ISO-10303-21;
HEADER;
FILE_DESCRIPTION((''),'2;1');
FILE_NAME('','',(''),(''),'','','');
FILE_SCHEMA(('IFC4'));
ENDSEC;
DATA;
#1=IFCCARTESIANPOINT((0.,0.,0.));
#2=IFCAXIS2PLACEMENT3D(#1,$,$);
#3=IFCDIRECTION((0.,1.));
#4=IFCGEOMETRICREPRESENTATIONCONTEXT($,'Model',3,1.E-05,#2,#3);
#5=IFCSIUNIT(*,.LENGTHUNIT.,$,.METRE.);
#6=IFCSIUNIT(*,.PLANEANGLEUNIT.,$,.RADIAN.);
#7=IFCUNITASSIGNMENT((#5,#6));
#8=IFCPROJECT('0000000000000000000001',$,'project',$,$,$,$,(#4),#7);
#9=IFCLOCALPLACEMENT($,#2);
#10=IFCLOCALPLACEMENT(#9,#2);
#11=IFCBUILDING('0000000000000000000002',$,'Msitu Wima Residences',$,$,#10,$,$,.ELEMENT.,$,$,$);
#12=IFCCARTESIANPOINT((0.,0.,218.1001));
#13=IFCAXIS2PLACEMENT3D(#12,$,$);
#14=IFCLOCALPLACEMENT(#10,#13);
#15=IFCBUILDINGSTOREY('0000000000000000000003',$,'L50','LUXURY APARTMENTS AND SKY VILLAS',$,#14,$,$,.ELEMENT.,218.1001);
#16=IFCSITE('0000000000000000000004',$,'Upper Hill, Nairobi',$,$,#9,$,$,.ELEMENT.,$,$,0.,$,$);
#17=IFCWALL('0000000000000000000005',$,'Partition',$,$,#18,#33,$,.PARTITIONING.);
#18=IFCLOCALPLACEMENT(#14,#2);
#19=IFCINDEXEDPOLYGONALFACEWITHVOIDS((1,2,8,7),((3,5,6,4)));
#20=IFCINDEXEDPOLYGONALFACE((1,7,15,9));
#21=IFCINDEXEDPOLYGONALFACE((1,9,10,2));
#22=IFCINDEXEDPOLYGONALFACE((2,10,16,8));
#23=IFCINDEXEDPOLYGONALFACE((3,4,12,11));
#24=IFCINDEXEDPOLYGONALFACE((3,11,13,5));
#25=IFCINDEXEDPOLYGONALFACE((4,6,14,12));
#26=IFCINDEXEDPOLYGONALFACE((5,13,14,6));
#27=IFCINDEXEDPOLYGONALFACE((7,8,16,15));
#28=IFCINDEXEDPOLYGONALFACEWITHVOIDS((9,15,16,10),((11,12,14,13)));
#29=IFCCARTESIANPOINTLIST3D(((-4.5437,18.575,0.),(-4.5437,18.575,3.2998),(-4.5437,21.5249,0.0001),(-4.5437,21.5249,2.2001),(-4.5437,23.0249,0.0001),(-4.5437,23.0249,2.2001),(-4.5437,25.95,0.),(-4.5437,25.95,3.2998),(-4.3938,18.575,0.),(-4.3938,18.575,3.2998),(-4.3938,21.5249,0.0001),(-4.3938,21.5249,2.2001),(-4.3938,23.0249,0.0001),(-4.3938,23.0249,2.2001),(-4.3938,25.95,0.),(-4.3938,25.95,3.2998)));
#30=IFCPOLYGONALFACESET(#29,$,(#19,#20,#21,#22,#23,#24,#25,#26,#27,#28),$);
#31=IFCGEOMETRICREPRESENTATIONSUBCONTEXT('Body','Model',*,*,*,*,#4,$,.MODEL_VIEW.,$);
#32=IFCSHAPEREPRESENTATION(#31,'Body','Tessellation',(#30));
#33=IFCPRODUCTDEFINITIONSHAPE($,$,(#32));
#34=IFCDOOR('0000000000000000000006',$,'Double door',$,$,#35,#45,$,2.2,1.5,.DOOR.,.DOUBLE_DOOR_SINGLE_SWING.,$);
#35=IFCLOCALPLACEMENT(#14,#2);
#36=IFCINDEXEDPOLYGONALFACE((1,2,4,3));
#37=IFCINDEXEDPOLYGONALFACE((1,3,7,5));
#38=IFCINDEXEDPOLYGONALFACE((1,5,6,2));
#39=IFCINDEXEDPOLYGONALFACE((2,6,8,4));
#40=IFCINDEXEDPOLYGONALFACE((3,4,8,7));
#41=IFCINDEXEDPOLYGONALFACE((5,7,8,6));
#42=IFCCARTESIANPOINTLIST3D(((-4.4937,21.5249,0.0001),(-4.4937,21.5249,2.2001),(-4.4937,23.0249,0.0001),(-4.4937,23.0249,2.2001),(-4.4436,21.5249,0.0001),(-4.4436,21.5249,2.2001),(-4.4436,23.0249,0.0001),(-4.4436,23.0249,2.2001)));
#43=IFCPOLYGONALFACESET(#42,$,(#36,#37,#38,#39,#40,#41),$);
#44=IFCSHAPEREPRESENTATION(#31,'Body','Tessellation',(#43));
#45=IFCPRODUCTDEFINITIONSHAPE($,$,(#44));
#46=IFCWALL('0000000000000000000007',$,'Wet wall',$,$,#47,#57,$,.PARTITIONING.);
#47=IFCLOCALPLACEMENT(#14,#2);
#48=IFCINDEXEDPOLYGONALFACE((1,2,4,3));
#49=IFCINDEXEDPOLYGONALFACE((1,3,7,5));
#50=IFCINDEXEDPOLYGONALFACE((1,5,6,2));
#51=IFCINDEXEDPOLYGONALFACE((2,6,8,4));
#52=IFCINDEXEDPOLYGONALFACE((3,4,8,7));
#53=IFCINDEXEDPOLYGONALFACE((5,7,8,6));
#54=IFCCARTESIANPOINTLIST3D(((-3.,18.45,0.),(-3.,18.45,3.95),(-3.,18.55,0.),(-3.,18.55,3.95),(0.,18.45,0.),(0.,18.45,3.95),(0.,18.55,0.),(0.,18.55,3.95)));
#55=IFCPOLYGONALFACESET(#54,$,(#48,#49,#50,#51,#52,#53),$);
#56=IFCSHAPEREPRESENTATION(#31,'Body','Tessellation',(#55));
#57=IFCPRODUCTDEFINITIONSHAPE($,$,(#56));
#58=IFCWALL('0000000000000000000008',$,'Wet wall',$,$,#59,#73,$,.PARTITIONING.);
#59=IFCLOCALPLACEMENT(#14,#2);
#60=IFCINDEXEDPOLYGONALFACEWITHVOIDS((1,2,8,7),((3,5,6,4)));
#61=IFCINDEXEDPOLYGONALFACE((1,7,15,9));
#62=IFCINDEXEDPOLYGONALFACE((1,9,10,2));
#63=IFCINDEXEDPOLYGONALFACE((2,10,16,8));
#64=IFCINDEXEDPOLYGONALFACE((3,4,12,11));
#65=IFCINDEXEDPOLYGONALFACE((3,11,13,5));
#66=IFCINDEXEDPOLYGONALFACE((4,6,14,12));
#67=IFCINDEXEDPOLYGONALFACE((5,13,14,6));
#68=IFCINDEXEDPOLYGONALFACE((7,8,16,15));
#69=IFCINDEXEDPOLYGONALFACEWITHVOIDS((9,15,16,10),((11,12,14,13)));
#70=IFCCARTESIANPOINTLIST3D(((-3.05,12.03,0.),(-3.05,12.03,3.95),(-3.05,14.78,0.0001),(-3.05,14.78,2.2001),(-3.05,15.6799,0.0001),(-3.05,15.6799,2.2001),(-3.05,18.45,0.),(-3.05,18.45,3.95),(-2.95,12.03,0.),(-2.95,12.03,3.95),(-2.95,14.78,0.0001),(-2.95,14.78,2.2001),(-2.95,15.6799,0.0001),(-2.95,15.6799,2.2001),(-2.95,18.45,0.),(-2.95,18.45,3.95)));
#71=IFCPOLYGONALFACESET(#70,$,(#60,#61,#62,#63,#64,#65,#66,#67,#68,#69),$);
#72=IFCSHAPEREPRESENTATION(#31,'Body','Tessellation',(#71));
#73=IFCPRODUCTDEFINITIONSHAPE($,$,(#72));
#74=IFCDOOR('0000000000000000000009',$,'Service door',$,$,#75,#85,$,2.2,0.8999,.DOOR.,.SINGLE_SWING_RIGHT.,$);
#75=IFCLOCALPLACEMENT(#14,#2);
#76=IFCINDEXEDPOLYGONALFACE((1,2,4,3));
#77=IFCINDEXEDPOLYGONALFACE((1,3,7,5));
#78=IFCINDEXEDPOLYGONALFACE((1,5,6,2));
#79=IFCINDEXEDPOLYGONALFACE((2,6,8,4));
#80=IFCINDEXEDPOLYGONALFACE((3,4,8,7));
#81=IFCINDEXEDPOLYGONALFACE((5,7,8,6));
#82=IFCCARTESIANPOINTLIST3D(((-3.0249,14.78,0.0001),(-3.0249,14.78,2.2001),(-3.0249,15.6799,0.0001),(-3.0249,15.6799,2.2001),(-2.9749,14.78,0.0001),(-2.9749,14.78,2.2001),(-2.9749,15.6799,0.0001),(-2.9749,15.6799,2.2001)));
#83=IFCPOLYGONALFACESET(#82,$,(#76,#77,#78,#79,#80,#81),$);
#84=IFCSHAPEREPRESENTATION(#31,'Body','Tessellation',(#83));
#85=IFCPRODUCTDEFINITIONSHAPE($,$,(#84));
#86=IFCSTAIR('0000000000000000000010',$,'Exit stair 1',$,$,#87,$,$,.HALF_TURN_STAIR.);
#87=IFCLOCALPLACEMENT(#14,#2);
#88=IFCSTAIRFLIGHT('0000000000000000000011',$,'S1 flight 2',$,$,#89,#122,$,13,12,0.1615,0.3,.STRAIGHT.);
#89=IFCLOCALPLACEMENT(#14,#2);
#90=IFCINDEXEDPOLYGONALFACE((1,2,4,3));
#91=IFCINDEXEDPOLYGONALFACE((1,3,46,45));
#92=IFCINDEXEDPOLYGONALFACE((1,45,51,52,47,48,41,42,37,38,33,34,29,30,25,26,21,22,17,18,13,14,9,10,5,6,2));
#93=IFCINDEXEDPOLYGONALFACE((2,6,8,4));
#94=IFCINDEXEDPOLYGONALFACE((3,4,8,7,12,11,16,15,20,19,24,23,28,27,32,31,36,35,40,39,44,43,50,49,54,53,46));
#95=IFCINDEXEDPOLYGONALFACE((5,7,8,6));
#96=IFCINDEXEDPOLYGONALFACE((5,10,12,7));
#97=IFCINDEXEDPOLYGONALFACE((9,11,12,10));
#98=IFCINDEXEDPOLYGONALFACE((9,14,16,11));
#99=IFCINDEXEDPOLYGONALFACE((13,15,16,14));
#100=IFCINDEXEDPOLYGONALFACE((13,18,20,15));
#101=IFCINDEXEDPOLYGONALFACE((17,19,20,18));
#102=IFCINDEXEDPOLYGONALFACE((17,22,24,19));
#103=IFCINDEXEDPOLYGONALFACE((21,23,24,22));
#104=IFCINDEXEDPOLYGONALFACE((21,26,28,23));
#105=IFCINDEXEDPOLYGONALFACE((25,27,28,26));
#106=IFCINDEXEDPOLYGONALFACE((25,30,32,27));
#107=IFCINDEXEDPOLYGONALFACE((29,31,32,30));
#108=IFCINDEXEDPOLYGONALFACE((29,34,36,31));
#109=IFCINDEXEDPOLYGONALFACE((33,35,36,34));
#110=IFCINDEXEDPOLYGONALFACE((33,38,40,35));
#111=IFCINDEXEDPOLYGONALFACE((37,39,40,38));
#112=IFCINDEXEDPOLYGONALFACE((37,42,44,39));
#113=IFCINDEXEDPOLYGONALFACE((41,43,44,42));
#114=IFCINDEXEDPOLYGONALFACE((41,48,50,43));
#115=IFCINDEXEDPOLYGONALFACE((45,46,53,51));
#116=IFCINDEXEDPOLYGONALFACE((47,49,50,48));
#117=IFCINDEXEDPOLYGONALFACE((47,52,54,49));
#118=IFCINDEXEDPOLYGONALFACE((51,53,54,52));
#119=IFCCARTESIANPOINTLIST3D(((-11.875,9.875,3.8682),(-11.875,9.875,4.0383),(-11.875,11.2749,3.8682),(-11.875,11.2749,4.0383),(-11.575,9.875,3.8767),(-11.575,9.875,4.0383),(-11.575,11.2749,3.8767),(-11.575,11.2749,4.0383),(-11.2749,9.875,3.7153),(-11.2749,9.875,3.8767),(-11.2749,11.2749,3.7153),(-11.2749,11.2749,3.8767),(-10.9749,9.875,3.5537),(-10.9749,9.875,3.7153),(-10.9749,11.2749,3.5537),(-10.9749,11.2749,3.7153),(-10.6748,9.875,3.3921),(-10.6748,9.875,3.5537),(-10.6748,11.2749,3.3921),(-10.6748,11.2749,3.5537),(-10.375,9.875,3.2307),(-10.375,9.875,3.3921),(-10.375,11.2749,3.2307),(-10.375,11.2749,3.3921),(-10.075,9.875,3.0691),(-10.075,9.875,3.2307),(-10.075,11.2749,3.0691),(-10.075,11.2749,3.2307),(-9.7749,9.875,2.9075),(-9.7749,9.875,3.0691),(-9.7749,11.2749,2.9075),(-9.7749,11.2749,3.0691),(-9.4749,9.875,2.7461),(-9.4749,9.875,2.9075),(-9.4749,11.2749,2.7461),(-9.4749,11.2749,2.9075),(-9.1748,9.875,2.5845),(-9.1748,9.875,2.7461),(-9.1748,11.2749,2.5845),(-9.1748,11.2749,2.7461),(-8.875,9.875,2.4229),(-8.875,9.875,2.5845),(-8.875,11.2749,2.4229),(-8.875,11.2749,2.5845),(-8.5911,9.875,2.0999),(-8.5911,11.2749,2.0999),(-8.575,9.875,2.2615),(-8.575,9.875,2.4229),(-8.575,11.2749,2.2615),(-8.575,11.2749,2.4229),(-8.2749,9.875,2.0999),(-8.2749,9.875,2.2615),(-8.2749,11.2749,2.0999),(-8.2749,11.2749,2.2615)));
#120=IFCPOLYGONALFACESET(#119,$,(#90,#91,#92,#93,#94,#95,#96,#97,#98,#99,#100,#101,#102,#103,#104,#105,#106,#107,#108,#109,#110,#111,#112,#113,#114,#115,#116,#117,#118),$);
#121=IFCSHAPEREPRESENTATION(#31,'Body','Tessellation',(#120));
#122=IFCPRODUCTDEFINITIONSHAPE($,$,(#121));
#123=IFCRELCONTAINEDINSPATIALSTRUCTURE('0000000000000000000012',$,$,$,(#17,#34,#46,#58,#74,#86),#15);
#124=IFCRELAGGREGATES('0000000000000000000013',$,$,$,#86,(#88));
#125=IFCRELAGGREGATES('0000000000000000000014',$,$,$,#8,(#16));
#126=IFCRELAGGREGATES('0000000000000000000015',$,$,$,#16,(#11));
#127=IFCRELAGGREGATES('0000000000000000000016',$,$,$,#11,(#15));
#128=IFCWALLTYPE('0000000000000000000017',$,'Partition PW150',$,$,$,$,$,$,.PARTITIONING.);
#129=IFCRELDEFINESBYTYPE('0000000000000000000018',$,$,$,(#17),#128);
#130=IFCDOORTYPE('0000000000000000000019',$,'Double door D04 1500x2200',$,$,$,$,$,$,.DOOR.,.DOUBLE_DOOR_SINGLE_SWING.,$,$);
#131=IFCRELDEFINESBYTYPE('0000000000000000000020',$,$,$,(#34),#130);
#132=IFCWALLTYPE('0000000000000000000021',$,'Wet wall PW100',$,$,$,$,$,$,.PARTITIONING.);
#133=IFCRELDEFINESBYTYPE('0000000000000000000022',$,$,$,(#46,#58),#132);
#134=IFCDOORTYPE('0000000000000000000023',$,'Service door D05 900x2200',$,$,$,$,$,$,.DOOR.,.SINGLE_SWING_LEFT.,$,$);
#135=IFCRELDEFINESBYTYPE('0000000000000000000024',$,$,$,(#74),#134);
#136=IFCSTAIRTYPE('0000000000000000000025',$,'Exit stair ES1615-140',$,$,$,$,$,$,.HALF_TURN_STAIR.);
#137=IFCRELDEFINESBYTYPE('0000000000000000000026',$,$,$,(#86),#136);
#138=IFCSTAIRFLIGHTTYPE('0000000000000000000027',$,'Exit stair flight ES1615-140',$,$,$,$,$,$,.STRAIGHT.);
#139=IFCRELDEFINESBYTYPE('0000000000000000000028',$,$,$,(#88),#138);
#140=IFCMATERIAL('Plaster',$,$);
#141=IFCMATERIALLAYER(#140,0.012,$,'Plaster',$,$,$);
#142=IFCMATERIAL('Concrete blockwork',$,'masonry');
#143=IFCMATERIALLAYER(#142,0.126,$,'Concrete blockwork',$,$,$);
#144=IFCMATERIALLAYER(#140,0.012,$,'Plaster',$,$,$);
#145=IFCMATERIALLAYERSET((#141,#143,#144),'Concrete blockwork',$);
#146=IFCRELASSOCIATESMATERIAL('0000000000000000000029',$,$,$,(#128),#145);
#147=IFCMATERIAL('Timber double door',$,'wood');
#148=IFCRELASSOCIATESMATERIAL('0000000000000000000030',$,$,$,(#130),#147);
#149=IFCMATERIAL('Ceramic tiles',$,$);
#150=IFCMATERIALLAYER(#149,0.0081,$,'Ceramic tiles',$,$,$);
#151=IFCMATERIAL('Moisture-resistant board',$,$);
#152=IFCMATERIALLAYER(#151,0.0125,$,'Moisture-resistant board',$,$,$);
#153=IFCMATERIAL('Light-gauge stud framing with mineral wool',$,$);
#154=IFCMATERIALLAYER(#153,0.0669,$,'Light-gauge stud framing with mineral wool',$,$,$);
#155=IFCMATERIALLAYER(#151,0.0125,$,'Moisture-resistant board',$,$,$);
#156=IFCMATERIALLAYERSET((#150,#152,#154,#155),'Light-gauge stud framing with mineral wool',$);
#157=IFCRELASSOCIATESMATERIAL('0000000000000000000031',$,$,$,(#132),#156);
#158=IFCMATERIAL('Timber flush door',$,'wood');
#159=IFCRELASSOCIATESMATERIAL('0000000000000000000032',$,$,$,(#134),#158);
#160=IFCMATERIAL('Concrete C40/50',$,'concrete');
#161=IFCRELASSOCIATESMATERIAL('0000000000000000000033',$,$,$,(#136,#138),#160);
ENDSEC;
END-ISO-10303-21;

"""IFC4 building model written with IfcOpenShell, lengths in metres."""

from ifc_helpers import new_model, si_unit, direction, frame, frame_2d, origin, place, context, subcontext, project, spatial, polyline, rectangle, outline, extrude, material, layer, layer_set, type_object, element, fill, aggregate, save


model = new_model("IFC4")

# Units and contexts
model_context = context("Model", 3, precision=1e-05, world=origin(), true_north=direction((0.0, 1.0)))
body_context = subcontext(model_context, "Body", "Model", "MODEL_VIEW")
ifc_project = project(units=[si_unit("LENGTHUNIT", "METRE"), si_unit("PLANEANGLEUNIT", "RADIAN")], contexts=[model_context])

# Site, building, storey
site_placement = place(None, origin())
site = spatial("IfcSite", under=ifc_project, at=site_placement, Name="Upper Hill, Nairobi", CompositionType="ELEMENT", RefElevation=0.0)
building_placement = place(site_placement, origin())
building = spatial("IfcBuilding", under=site, at=building_placement, Name="Msitu Wima Residences", CompositionType="ELEMENT")
storey_placement = place(building_placement, frame((0.0, 0.0, 218.1001)))
storey = spatial("IfcBuildingStorey", under=building, at=storey_placement, Name="L50", Description="LUXURY APARTMENTS AND SKY VILLAS", CompositionType="ELEMENT", Elevation=218.1001)

# Shared definitions
ifc_material_1 = material(Name="Concrete C40/50", Category="concrete")

# Shared definitions
ifc_material_2 = material(Name="Plaster")
ifc_layer_1 = layer(ifc_material_2, 0.012, Name="Plaster")
ifc_material_3 = material(Name="Concrete blockwork", Category="masonry")
ifc_layer_2 = layer(ifc_material_3, 0.126, Name="Concrete blockwork")
ifc_layer_3 = layer(ifc_material_2, 0.012, Name="Plaster")
ifc_layer_set_1 = layer_set([ifc_layer_1, ifc_layer_2, ifc_layer_3], Name="Concrete blockwork")
wall_type_1 = type_object("IfcWallType", Name="Partition PW150", PredefinedType="PARTITIONING", material=ifc_layer_set_1)
ifc_material_4 = material(Name="Timber flush door", Category="wood")

# Wall, opening, door
wall_1_placement = place(storey_placement, frame((-4.4688, 18.575, 0.0), z_axis=(0.0, 0.0, 1.0), x_axis=(0.0, 1.0, 0.0)))
wall_1 = element("IfcWall", 1, at=wall_1_placement, inside=storey, type_object=wall_type_1, Name="Partition", PredefinedType="PARTITIONING", context=body_context, shape_type="SweptSolid", body=[
    extrude(rectangle(XDim=7.375, YDim=0.1499, at=frame_2d((3.6875, 0.0))), origin(), (0.0, 0.0, 1.0), 3.2998),
])
opening_1_placement = place(wall_1_placement, frame((2.95, 0.0, 0.0)))
opening_1 = element("IfcOpeningElement", 2, at=opening_1_placement, cuts=wall_1, PredefinedType="OPENING", context=body_context, shape_type="SweptSolid", body=[
    extrude(rectangle(XDim=1.5, YDim=2.2, at=frame_2d((0.75, 1.1001))), frame((0.0, 0.085, 0.0), z_axis=(0.0, -1.0, 0.0), x_axis=(1.0, 0.0, 0.0)), (0.0, 0.0, 1.0), 0.1699),
])
ifc_material_5 = material(Name="Timber double door", Category="wood")
door_type_1 = type_object("IfcDoorType", Name="Double door D04 1500x2200", OperationType="DOUBLE_DOOR_SINGLE_SWING", PredefinedType="DOOR", material=ifc_material_5)
door_1_placement = place(opening_1_placement, origin())
door_1 = element("IfcDoor", 3, at=door_1_placement, inside=storey, type_object=door_type_1, Name="Double door", OperationType="DOUBLE_DOOR_SINGLE_SWING", OverallHeight=2.2, OverallWidth=1.5, PredefinedType="DOOR", context=body_context, shape_type="SweptSolid", body=[
    extrude(rectangle(XDim=1.5, YDim=2.2, at=frame_2d((0.75, 1.1001))), frame((0.0, 0.0249, 0.0), z_axis=(0.0, -1.0, 0.0), x_axis=(1.0, 0.0, 0.0)), (0.0, 0.0, 1.0), 0.05),
])
fill(opening_1, door_1)

# Wall
ifc_material_6 = material(Name="Ceramic tiles")
ifc_layer_4 = layer(ifc_material_6, 0.0081, Name="Ceramic tiles")
ifc_material_7 = material(Name="Moisture-resistant board")
ifc_layer_5 = layer(ifc_material_7, 0.0125, Name="Moisture-resistant board")
ifc_material_8 = material(Name="Light-gauge stud framing with mineral wool")
ifc_layer_6 = layer(ifc_material_8, 0.0669, Name="Light-gauge stud framing with mineral wool")
ifc_layer_7 = layer(ifc_material_7, 0.0125, Name="Moisture-resistant board")
ifc_layer_set_2 = layer_set([ifc_layer_4, ifc_layer_5, ifc_layer_6, ifc_layer_7], Name="Light-gauge stud framing with mineral wool")
wall_type_2 = type_object("IfcWallType", Name="Wet wall PW100", PredefinedType="PARTITIONING", material=ifc_layer_set_2)
wall_2_placement = place(storey_placement, frame((-3.0, 18.5, 0.0), z_axis=(0.0, 0.0, 1.0), x_axis=(1.0, 0.0, 0.0)))
element("IfcWall", 4, at=wall_2_placement, inside=storey, type_object=wall_type_2, Name="Wet wall", PredefinedType="PARTITIONING", context=body_context, shape_type="SweptSolid", body=[
    extrude(rectangle(XDim=3.0, YDim=0.1001, at=frame_2d((1.5, 0.0))), origin(), (0.0, 0.0, 1.0), 3.95),
])

# Wall, opening, door
wall_3_placement = place(storey_placement, frame((-3.0, 12.03, 0.0), z_axis=(0.0, 0.0, 1.0), x_axis=(0.0, 1.0, 0.0)))
wall_3 = element("IfcWall", 5, at=wall_3_placement, inside=storey, type_object=wall_type_2, Name="Wet wall", PredefinedType="PARTITIONING", context=body_context, shape_type="SweptSolid", body=[
    extrude(rectangle(XDim=6.4199, YDim=0.1001, at=frame_2d((3.21, 0.0))), origin(), (0.0, 0.0, 1.0), 3.95),
])
opening_2_placement = place(wall_3_placement, frame((2.75, 0.0, 0.0)))
opening_2 = element("IfcOpeningElement", 6, at=opening_2_placement, cuts=wall_3, PredefinedType="OPENING", context=body_context, shape_type="SweptSolid", body=[
    extrude(rectangle(XDim=0.8999, YDim=2.2, at=frame_2d((0.45, 1.1001))), frame((0.0, 0.0601, 0.0), z_axis=(0.0, -1.0, 0.0), x_axis=(1.0, 0.0, 0.0)), (0.0, 0.0, 1.0), 0.1201),
])
door_type_2 = type_object("IfcDoorType", Name="Service door D05 900x2200", OperationType="SINGLE_SWING_LEFT", PredefinedType="DOOR", material=ifc_material_4)
door_2_placement = place(opening_2_placement, origin())
door_2 = element("IfcDoor", 7, at=door_2_placement, inside=storey, type_object=door_type_2, Name="Service door", OperationType="SINGLE_SWING_RIGHT", OverallHeight=2.2, OverallWidth=0.8999, PredefinedType="DOOR", context=body_context, shape_type="SweptSolid", body=[
    extrude(rectangle(XDim=0.8999, YDim=2.2, at=frame_2d((0.45, 1.1001))), frame((0.0, 0.0249, 0.0), z_axis=(0.0, -1.0, 0.0), x_axis=(1.0, 0.0, 0.0)), (0.0, 0.0, 1.0), 0.05),
])
fill(opening_2, door_2)

# Stair, stair flight
stair_type = type_object("IfcStairType", Name="Exit stair ES1615-140", PredefinedType="HALF_TURN_STAIR", material=ifc_material_1)
stair_placement = place(storey_placement, origin())
stair = element("IfcStair", 8, at=stair_placement, inside=storey, type_object=stair_type, Name="Exit stair 1", PredefinedType="HALF_TURN_STAIR")
stair_flight_type = type_object("IfcStairFlightType", Name="Exit stair flight ES1615-140", PredefinedType="STRAIGHT", material=ifc_material_1)
stair_flight_placement = place(storey_placement, frame((-8.2749, 10.575, 2.0999), z_axis=(0.0, 0.0, 1.0), x_axis=(-1.0, 0.0, 0.0)))
stair_flight = element("IfcStairFlight", 9, at=stair_flight_placement, type_object=stair_flight_type, Name="S1 flight 2", NumberOfRisers=13, NumberOfTreads=12, PredefinedType="STRAIGHT", RiserHeight=0.1615, TreadLength=0.3, context=body_context, shape_type="SweptSolid", body=[
    extrude(outline(polyline([(0.0, 0.0), (0.0, 0.1616), (0.3, 0.1616), (0.3, 0.323), (0.6001, 0.323), (0.6001, 0.4846), (0.8999, 0.4846), (0.8999, 0.6462), (1.2, 0.6462), (1.2, 0.8076), (1.5, 0.8076), (1.5, 0.9692), (1.8, 0.9692), (1.8, 1.1309), (2.1001, 1.1309), (2.1001, 1.2922), (2.3999, 1.2922), (2.3999, 1.4539), (2.7, 1.4539), (2.7, 1.6155), (3.0, 1.6155), (3.0, 1.7769), (3.3, 1.7769), (3.3, 1.9385), (3.6001, 1.9385), (3.6001, 2.1001), (3.6001, 1.7683), (0.3162, 0.0), (0.0, 0.0)])), frame((0.0, 0.7, 0.0), z_axis=(0.0, -1.0, 0.0), x_axis=(1.0, 0.0, 0.0)), (0.0, 0.0, 1.0), 1.3999),
])
aggregate(stair, [stair_flight])

save(model, "model.ifc")
